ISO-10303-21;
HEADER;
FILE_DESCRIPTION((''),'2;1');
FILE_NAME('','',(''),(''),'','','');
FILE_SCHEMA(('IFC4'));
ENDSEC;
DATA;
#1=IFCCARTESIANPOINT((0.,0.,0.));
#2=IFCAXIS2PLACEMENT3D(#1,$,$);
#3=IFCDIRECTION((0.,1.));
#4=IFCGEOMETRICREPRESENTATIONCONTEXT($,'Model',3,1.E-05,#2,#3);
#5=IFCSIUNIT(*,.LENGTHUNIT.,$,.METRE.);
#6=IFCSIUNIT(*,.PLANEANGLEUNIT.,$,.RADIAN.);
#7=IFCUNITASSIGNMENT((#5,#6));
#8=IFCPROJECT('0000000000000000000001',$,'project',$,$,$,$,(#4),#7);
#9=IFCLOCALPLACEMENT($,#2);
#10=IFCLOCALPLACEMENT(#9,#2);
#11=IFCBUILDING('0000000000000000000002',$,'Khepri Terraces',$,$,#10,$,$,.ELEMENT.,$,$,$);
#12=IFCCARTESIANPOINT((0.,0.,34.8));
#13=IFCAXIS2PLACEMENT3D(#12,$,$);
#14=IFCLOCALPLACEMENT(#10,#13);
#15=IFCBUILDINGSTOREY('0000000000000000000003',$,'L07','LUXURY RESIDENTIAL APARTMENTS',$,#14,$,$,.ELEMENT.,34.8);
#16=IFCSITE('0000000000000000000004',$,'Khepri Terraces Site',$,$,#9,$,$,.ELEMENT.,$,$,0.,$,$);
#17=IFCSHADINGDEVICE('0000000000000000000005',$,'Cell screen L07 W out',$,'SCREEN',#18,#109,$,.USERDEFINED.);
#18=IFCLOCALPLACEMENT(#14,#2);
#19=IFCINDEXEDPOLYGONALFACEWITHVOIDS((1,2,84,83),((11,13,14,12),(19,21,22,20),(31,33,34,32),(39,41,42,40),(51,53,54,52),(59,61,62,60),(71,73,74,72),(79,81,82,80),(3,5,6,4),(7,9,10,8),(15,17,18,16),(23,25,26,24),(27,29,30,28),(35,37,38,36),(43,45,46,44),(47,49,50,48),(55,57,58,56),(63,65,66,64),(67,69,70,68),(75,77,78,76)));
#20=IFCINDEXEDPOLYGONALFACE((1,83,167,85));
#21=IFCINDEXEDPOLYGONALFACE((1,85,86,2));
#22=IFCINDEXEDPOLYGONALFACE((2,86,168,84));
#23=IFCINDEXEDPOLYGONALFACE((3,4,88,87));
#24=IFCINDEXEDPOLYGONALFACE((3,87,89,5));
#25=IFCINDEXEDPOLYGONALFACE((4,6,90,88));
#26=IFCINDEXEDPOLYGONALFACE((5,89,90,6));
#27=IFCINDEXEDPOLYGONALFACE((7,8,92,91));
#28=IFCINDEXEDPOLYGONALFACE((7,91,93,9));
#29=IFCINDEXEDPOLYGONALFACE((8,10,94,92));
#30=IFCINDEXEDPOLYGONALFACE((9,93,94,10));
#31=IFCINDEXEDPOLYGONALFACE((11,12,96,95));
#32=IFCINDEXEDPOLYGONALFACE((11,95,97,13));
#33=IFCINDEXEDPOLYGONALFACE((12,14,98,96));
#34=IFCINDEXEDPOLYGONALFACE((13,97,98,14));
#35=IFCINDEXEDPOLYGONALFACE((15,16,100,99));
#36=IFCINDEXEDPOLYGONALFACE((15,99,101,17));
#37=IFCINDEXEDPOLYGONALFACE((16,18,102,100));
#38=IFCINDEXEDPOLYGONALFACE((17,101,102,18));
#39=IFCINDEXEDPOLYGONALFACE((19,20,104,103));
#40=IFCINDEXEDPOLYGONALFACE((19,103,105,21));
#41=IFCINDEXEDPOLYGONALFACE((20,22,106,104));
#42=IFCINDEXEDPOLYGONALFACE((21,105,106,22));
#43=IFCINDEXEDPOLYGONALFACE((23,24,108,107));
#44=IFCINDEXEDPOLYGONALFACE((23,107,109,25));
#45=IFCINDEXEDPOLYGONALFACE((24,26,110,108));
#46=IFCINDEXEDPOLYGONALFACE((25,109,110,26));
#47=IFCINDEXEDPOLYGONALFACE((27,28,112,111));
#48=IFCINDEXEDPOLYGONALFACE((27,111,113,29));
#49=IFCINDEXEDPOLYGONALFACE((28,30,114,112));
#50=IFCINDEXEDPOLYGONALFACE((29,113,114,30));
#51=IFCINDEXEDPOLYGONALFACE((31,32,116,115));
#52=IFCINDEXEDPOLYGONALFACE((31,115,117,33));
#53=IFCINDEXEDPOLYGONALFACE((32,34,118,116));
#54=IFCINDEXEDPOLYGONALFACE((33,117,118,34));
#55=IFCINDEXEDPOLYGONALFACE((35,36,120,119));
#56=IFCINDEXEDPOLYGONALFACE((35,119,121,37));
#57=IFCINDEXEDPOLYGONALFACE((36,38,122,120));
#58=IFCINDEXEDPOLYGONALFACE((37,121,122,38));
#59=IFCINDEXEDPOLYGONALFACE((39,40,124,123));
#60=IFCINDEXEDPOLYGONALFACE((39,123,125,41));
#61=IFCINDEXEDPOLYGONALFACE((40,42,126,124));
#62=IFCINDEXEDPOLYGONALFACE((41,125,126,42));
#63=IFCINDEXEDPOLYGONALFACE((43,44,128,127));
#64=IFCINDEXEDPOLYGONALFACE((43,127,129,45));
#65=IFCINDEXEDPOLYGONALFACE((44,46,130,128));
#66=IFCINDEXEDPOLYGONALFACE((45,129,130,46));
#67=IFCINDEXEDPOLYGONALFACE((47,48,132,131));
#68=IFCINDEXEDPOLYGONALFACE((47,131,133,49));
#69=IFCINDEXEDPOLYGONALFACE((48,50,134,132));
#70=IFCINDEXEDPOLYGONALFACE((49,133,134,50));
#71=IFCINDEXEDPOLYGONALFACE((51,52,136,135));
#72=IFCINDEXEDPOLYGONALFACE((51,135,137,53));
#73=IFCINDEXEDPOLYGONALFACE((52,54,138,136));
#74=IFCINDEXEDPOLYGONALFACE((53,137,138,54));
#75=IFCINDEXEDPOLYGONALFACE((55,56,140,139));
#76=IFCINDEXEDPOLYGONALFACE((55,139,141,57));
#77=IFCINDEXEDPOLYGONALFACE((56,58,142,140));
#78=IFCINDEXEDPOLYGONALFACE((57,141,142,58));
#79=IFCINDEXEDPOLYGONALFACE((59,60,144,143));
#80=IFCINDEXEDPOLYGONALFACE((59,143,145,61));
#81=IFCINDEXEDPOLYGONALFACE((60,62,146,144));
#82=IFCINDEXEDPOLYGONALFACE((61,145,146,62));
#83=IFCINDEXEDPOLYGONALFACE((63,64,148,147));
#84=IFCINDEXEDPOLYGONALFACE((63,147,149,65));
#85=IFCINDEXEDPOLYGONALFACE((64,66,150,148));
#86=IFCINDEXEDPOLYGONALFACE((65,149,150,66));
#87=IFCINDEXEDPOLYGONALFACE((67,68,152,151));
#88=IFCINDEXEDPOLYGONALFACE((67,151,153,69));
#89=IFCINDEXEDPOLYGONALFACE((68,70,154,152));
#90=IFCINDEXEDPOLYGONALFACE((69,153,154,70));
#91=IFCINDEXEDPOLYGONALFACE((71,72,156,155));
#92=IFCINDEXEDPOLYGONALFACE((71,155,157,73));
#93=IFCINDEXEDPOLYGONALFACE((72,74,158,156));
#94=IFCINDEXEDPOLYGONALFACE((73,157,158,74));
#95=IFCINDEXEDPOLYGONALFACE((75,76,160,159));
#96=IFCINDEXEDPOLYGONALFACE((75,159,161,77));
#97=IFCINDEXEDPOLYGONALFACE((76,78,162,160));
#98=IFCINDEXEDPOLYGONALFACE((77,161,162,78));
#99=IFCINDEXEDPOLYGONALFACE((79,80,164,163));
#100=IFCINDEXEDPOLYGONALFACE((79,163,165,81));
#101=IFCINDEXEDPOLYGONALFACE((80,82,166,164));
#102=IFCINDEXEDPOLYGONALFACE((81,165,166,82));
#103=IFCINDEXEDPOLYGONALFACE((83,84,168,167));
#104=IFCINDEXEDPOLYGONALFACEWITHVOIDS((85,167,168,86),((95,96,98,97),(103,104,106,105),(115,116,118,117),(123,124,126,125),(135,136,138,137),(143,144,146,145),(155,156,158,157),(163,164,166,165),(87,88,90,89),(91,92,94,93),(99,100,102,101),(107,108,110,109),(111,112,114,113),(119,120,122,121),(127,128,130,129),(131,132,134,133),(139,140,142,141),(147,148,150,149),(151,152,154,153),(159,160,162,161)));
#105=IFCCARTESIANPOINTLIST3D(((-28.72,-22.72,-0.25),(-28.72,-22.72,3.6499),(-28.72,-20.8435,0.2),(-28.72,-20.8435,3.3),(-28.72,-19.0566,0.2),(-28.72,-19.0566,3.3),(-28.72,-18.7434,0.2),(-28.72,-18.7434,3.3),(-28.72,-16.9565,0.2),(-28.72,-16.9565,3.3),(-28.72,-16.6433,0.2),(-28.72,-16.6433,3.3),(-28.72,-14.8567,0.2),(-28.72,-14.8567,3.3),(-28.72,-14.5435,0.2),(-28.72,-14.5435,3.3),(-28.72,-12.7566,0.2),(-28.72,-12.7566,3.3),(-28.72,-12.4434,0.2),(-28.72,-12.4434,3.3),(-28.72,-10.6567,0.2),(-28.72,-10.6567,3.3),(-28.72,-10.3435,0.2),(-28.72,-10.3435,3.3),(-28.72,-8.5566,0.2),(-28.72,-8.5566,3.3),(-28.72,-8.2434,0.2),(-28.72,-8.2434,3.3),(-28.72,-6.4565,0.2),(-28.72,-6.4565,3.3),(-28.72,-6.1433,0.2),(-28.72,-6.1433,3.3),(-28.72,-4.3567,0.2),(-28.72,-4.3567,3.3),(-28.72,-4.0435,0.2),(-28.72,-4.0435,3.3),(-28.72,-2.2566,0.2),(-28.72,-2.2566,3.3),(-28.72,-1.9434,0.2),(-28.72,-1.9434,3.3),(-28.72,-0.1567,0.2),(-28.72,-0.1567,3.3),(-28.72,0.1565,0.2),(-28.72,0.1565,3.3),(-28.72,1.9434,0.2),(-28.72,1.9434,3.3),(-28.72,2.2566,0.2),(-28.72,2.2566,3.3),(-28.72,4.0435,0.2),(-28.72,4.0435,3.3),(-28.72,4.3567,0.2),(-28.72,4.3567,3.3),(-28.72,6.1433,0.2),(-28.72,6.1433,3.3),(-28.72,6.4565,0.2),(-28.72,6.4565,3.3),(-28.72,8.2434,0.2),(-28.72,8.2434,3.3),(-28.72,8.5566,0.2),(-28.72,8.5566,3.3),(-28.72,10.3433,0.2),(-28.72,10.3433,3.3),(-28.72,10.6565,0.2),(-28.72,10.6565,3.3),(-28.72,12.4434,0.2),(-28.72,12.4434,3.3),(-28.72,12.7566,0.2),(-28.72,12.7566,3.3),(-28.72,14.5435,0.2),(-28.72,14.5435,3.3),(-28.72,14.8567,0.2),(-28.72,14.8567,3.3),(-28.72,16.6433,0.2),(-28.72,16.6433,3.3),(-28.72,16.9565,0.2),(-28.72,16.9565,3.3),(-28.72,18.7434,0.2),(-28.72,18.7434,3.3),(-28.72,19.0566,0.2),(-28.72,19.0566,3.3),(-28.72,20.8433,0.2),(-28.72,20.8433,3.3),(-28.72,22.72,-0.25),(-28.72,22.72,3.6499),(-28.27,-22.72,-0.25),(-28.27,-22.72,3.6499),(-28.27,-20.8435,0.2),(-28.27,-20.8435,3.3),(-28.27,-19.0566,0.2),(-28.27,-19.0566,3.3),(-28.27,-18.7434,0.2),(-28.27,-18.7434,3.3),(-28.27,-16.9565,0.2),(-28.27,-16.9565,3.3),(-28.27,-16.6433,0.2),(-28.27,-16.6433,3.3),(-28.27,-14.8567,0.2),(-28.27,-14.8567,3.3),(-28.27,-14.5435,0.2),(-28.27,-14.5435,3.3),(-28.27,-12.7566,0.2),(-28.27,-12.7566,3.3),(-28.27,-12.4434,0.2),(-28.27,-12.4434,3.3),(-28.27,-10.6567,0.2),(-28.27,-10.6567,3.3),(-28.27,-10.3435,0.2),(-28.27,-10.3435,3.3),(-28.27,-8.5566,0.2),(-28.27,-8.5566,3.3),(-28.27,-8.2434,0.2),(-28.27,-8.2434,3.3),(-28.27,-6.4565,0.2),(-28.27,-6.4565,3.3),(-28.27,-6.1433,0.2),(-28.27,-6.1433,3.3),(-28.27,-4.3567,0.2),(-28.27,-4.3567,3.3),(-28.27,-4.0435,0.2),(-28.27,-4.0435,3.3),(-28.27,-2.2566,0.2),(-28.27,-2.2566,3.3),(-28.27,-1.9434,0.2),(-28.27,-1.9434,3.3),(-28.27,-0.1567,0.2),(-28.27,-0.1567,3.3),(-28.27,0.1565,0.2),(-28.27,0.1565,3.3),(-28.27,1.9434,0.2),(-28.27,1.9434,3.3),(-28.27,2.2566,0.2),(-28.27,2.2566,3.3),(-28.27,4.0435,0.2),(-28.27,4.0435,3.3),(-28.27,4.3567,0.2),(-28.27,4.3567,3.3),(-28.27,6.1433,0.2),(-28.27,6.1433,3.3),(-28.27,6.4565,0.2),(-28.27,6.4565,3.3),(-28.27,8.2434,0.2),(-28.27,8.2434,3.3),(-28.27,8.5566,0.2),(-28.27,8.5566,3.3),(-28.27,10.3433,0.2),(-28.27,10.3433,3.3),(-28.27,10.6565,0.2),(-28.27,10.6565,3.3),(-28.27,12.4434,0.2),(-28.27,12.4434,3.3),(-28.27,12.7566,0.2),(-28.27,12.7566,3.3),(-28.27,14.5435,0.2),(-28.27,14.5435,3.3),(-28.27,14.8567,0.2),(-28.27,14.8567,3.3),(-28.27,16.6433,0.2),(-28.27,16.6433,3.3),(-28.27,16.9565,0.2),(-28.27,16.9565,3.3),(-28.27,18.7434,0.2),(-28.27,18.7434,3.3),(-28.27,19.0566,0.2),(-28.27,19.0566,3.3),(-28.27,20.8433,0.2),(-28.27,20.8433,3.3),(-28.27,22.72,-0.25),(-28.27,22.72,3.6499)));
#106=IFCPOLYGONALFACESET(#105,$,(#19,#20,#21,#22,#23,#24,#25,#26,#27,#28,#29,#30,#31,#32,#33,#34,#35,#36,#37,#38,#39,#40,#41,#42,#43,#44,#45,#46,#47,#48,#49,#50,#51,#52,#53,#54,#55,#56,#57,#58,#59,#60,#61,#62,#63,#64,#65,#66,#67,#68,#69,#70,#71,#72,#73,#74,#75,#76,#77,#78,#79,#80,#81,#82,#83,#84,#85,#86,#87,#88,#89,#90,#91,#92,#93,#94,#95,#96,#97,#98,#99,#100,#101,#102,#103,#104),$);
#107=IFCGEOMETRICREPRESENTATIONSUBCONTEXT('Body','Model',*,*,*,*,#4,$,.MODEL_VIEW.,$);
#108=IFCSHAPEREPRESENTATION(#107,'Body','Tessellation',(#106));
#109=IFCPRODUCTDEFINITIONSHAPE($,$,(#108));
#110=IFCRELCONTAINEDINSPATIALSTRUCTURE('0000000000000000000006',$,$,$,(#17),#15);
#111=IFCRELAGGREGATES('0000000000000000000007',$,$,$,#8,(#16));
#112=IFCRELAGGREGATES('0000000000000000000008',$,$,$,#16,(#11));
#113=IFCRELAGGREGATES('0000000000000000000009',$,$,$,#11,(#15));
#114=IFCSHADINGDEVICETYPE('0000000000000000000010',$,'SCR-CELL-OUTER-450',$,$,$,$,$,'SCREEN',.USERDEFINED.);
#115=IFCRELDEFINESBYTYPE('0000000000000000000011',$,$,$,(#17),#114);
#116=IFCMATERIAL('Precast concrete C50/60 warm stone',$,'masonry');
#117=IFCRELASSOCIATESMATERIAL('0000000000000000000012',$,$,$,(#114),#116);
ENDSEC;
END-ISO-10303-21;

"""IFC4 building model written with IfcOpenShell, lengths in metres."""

from ifc_helpers import new_model, si_unit, direction, frame, origin, place, context, subcontext, project, spatial, polyline, outline, extrude, material, type_object, element, save


model = new_model("IFC4")

# Units and contexts
model_context = context("Model", 3, precision=1e-05, world=origin(), true_north=direction((0.0, 1.0)))
body_context = subcontext(model_context, "Body", "Model", "MODEL_VIEW")
ifc_project = project(units=[si_unit("LENGTHUNIT", "METRE"), si_unit("PLANEANGLEUNIT", "RADIAN")], contexts=[model_context])

# Site, building, storey
site_placement = place(None, origin())
site = spatial("IfcSite", under=ifc_project, at=site_placement, Name="Khepri Terraces Site", CompositionType="ELEMENT", RefElevation=0.0)
building_placement = place(site_placement, origin())
building = spatial("IfcBuilding", under=site, at=building_placement, Name="Khepri Terraces", CompositionType="ELEMENT")
storey_placement = place(building_placement, frame((0.0, 0.0, 34.8)))
storey = spatial("IfcBuildingStorey", under=building, at=storey_placement, Name="L07", Description="LUXURY RESIDENTIAL APARTMENTS", CompositionType="ELEMENT", Elevation=34.8)

# Shared definitions
ifc_material_1 = material(Name="Precast concrete C50/60 warm stone", Category="masonry")

# Shading device
shading_device_type_1 = type_object("IfcShadingDeviceType", Name="SCR-CELL-OUTER-450", ElementType="SCREEN", PredefinedType="USERDEFINED", material=ifc_material_1)
shading_device_1_placement = place(storey_placement, frame((-28.27, 22.72, -0.25), z_axis=(-1.0, 0.0, 0.0), x_axis=(0.0, -1.0, 0.0)))
element("IfcShadingDevice", 1, at=shading_device_1_placement, inside=storey, type_object=shading_device_type_1, Name="Cell screen L07 W out", ObjectType="SCREEN", PredefinedType="USERDEFINED", context=body_context, shape_type="SweptSolid", body=[
    extrude(outline(polyline([(0.0, 0.0), (45.4399, 0.0), (45.4399, 3.8999), (0.0, 3.8999), (0.0, 0.0)]), holes=[polyline([(1.8767, 0.45), (3.6633, 0.45), (3.6633, 3.55), (1.8767, 3.55), (1.8767, 0.45)]), polyline([(3.9766, 0.45), (5.7634, 0.45), (5.7634, 3.55), (3.9766, 3.55), (3.9766, 0.45)]), polyline([(6.0767, 0.45), (7.8633, 0.45), (7.8633, 3.55), (6.0767, 3.55), (6.0767, 0.45)]), polyline([(8.1765, 0.45), (9.9634, 0.45), (9.9634, 3.55), (8.1765, 3.55), (8.1765, 0.45)]), polyline([(10.2766, 0.45), (12.0635, 0.45), (12.0635, 3.55), (10.2766, 3.55), (10.2766, 0.45)]), polyline([(12.3767, 0.45), (14.1633, 0.45), (14.1633, 3.55), (12.3767, 3.55), (12.3767, 0.45)]), polyline([(14.4766, 0.45), (16.2634, 0.45), (16.2634, 3.55), (14.4766, 3.55), (14.4766, 0.45)]), polyline([(16.5767, 0.45), (18.3633, 0.45), (18.3633, 3.55), (16.5767, 3.55), (16.5767, 0.45)]), polyline([(18.6765, 0.45), (20.4634, 0.45), (20.4634, 3.55), (18.6765, 3.55), (18.6765, 0.45)]), polyline([(20.7766, 0.45), (22.5635, 0.45), (22.5635, 3.55), (20.7766, 3.55), (20.7766, 0.45)]), polyline([(22.8767, 0.45), (24.6633, 0.45), (24.6633, 3.55), (22.8767, 3.55), (22.8767, 0.45)]), polyline([(24.9766, 0.45), (26.7634, 0.45), (26.7634, 3.55), (24.9766, 3.55), (24.9766, 0.45)]), polyline([(27.0767, 0.45), (28.8633, 0.45), (28.8633, 3.55), (27.0767, 3.55), (27.0767, 0.45)]), polyline([(29.1765, 0.45), (30.9634, 0.45), (30.9634, 3.55), (29.1765, 3.55), (29.1765, 0.45)]), polyline([(31.2766, 0.45), (33.0635, 0.45), (33.0635, 3.55), (31.2766, 3.55), (31.2766, 0.45)]), polyline([(33.3767, 0.45), (35.1633, 0.45), (35.1633, 3.55), (33.3767, 3.55), (33.3767, 0.45)]), polyline([(35.4766, 0.45), (37.2634, 0.45), (37.2634, 3.55), (35.4766, 3.55), (35.4766, 0.45)]), polyline([(37.5767, 0.45), (39.3633, 0.45), (39.3633, 3.55), (37.5767, 3.55), (37.5767, 0.45)]), polyline([(39.6765, 0.45), (41.4634, 0.45), (41.4634, 3.55), (39.6765, 3.55), (39.6765, 0.45)]), polyline([(41.7766, 0.45), (43.5635, 0.45), (43.5635, 3.55), (41.7766, 3.55), (41.7766, 0.45)])]), origin(), (0.0, 0.0, 1.0), 0.45),
])

save(model, "model.ifc")
